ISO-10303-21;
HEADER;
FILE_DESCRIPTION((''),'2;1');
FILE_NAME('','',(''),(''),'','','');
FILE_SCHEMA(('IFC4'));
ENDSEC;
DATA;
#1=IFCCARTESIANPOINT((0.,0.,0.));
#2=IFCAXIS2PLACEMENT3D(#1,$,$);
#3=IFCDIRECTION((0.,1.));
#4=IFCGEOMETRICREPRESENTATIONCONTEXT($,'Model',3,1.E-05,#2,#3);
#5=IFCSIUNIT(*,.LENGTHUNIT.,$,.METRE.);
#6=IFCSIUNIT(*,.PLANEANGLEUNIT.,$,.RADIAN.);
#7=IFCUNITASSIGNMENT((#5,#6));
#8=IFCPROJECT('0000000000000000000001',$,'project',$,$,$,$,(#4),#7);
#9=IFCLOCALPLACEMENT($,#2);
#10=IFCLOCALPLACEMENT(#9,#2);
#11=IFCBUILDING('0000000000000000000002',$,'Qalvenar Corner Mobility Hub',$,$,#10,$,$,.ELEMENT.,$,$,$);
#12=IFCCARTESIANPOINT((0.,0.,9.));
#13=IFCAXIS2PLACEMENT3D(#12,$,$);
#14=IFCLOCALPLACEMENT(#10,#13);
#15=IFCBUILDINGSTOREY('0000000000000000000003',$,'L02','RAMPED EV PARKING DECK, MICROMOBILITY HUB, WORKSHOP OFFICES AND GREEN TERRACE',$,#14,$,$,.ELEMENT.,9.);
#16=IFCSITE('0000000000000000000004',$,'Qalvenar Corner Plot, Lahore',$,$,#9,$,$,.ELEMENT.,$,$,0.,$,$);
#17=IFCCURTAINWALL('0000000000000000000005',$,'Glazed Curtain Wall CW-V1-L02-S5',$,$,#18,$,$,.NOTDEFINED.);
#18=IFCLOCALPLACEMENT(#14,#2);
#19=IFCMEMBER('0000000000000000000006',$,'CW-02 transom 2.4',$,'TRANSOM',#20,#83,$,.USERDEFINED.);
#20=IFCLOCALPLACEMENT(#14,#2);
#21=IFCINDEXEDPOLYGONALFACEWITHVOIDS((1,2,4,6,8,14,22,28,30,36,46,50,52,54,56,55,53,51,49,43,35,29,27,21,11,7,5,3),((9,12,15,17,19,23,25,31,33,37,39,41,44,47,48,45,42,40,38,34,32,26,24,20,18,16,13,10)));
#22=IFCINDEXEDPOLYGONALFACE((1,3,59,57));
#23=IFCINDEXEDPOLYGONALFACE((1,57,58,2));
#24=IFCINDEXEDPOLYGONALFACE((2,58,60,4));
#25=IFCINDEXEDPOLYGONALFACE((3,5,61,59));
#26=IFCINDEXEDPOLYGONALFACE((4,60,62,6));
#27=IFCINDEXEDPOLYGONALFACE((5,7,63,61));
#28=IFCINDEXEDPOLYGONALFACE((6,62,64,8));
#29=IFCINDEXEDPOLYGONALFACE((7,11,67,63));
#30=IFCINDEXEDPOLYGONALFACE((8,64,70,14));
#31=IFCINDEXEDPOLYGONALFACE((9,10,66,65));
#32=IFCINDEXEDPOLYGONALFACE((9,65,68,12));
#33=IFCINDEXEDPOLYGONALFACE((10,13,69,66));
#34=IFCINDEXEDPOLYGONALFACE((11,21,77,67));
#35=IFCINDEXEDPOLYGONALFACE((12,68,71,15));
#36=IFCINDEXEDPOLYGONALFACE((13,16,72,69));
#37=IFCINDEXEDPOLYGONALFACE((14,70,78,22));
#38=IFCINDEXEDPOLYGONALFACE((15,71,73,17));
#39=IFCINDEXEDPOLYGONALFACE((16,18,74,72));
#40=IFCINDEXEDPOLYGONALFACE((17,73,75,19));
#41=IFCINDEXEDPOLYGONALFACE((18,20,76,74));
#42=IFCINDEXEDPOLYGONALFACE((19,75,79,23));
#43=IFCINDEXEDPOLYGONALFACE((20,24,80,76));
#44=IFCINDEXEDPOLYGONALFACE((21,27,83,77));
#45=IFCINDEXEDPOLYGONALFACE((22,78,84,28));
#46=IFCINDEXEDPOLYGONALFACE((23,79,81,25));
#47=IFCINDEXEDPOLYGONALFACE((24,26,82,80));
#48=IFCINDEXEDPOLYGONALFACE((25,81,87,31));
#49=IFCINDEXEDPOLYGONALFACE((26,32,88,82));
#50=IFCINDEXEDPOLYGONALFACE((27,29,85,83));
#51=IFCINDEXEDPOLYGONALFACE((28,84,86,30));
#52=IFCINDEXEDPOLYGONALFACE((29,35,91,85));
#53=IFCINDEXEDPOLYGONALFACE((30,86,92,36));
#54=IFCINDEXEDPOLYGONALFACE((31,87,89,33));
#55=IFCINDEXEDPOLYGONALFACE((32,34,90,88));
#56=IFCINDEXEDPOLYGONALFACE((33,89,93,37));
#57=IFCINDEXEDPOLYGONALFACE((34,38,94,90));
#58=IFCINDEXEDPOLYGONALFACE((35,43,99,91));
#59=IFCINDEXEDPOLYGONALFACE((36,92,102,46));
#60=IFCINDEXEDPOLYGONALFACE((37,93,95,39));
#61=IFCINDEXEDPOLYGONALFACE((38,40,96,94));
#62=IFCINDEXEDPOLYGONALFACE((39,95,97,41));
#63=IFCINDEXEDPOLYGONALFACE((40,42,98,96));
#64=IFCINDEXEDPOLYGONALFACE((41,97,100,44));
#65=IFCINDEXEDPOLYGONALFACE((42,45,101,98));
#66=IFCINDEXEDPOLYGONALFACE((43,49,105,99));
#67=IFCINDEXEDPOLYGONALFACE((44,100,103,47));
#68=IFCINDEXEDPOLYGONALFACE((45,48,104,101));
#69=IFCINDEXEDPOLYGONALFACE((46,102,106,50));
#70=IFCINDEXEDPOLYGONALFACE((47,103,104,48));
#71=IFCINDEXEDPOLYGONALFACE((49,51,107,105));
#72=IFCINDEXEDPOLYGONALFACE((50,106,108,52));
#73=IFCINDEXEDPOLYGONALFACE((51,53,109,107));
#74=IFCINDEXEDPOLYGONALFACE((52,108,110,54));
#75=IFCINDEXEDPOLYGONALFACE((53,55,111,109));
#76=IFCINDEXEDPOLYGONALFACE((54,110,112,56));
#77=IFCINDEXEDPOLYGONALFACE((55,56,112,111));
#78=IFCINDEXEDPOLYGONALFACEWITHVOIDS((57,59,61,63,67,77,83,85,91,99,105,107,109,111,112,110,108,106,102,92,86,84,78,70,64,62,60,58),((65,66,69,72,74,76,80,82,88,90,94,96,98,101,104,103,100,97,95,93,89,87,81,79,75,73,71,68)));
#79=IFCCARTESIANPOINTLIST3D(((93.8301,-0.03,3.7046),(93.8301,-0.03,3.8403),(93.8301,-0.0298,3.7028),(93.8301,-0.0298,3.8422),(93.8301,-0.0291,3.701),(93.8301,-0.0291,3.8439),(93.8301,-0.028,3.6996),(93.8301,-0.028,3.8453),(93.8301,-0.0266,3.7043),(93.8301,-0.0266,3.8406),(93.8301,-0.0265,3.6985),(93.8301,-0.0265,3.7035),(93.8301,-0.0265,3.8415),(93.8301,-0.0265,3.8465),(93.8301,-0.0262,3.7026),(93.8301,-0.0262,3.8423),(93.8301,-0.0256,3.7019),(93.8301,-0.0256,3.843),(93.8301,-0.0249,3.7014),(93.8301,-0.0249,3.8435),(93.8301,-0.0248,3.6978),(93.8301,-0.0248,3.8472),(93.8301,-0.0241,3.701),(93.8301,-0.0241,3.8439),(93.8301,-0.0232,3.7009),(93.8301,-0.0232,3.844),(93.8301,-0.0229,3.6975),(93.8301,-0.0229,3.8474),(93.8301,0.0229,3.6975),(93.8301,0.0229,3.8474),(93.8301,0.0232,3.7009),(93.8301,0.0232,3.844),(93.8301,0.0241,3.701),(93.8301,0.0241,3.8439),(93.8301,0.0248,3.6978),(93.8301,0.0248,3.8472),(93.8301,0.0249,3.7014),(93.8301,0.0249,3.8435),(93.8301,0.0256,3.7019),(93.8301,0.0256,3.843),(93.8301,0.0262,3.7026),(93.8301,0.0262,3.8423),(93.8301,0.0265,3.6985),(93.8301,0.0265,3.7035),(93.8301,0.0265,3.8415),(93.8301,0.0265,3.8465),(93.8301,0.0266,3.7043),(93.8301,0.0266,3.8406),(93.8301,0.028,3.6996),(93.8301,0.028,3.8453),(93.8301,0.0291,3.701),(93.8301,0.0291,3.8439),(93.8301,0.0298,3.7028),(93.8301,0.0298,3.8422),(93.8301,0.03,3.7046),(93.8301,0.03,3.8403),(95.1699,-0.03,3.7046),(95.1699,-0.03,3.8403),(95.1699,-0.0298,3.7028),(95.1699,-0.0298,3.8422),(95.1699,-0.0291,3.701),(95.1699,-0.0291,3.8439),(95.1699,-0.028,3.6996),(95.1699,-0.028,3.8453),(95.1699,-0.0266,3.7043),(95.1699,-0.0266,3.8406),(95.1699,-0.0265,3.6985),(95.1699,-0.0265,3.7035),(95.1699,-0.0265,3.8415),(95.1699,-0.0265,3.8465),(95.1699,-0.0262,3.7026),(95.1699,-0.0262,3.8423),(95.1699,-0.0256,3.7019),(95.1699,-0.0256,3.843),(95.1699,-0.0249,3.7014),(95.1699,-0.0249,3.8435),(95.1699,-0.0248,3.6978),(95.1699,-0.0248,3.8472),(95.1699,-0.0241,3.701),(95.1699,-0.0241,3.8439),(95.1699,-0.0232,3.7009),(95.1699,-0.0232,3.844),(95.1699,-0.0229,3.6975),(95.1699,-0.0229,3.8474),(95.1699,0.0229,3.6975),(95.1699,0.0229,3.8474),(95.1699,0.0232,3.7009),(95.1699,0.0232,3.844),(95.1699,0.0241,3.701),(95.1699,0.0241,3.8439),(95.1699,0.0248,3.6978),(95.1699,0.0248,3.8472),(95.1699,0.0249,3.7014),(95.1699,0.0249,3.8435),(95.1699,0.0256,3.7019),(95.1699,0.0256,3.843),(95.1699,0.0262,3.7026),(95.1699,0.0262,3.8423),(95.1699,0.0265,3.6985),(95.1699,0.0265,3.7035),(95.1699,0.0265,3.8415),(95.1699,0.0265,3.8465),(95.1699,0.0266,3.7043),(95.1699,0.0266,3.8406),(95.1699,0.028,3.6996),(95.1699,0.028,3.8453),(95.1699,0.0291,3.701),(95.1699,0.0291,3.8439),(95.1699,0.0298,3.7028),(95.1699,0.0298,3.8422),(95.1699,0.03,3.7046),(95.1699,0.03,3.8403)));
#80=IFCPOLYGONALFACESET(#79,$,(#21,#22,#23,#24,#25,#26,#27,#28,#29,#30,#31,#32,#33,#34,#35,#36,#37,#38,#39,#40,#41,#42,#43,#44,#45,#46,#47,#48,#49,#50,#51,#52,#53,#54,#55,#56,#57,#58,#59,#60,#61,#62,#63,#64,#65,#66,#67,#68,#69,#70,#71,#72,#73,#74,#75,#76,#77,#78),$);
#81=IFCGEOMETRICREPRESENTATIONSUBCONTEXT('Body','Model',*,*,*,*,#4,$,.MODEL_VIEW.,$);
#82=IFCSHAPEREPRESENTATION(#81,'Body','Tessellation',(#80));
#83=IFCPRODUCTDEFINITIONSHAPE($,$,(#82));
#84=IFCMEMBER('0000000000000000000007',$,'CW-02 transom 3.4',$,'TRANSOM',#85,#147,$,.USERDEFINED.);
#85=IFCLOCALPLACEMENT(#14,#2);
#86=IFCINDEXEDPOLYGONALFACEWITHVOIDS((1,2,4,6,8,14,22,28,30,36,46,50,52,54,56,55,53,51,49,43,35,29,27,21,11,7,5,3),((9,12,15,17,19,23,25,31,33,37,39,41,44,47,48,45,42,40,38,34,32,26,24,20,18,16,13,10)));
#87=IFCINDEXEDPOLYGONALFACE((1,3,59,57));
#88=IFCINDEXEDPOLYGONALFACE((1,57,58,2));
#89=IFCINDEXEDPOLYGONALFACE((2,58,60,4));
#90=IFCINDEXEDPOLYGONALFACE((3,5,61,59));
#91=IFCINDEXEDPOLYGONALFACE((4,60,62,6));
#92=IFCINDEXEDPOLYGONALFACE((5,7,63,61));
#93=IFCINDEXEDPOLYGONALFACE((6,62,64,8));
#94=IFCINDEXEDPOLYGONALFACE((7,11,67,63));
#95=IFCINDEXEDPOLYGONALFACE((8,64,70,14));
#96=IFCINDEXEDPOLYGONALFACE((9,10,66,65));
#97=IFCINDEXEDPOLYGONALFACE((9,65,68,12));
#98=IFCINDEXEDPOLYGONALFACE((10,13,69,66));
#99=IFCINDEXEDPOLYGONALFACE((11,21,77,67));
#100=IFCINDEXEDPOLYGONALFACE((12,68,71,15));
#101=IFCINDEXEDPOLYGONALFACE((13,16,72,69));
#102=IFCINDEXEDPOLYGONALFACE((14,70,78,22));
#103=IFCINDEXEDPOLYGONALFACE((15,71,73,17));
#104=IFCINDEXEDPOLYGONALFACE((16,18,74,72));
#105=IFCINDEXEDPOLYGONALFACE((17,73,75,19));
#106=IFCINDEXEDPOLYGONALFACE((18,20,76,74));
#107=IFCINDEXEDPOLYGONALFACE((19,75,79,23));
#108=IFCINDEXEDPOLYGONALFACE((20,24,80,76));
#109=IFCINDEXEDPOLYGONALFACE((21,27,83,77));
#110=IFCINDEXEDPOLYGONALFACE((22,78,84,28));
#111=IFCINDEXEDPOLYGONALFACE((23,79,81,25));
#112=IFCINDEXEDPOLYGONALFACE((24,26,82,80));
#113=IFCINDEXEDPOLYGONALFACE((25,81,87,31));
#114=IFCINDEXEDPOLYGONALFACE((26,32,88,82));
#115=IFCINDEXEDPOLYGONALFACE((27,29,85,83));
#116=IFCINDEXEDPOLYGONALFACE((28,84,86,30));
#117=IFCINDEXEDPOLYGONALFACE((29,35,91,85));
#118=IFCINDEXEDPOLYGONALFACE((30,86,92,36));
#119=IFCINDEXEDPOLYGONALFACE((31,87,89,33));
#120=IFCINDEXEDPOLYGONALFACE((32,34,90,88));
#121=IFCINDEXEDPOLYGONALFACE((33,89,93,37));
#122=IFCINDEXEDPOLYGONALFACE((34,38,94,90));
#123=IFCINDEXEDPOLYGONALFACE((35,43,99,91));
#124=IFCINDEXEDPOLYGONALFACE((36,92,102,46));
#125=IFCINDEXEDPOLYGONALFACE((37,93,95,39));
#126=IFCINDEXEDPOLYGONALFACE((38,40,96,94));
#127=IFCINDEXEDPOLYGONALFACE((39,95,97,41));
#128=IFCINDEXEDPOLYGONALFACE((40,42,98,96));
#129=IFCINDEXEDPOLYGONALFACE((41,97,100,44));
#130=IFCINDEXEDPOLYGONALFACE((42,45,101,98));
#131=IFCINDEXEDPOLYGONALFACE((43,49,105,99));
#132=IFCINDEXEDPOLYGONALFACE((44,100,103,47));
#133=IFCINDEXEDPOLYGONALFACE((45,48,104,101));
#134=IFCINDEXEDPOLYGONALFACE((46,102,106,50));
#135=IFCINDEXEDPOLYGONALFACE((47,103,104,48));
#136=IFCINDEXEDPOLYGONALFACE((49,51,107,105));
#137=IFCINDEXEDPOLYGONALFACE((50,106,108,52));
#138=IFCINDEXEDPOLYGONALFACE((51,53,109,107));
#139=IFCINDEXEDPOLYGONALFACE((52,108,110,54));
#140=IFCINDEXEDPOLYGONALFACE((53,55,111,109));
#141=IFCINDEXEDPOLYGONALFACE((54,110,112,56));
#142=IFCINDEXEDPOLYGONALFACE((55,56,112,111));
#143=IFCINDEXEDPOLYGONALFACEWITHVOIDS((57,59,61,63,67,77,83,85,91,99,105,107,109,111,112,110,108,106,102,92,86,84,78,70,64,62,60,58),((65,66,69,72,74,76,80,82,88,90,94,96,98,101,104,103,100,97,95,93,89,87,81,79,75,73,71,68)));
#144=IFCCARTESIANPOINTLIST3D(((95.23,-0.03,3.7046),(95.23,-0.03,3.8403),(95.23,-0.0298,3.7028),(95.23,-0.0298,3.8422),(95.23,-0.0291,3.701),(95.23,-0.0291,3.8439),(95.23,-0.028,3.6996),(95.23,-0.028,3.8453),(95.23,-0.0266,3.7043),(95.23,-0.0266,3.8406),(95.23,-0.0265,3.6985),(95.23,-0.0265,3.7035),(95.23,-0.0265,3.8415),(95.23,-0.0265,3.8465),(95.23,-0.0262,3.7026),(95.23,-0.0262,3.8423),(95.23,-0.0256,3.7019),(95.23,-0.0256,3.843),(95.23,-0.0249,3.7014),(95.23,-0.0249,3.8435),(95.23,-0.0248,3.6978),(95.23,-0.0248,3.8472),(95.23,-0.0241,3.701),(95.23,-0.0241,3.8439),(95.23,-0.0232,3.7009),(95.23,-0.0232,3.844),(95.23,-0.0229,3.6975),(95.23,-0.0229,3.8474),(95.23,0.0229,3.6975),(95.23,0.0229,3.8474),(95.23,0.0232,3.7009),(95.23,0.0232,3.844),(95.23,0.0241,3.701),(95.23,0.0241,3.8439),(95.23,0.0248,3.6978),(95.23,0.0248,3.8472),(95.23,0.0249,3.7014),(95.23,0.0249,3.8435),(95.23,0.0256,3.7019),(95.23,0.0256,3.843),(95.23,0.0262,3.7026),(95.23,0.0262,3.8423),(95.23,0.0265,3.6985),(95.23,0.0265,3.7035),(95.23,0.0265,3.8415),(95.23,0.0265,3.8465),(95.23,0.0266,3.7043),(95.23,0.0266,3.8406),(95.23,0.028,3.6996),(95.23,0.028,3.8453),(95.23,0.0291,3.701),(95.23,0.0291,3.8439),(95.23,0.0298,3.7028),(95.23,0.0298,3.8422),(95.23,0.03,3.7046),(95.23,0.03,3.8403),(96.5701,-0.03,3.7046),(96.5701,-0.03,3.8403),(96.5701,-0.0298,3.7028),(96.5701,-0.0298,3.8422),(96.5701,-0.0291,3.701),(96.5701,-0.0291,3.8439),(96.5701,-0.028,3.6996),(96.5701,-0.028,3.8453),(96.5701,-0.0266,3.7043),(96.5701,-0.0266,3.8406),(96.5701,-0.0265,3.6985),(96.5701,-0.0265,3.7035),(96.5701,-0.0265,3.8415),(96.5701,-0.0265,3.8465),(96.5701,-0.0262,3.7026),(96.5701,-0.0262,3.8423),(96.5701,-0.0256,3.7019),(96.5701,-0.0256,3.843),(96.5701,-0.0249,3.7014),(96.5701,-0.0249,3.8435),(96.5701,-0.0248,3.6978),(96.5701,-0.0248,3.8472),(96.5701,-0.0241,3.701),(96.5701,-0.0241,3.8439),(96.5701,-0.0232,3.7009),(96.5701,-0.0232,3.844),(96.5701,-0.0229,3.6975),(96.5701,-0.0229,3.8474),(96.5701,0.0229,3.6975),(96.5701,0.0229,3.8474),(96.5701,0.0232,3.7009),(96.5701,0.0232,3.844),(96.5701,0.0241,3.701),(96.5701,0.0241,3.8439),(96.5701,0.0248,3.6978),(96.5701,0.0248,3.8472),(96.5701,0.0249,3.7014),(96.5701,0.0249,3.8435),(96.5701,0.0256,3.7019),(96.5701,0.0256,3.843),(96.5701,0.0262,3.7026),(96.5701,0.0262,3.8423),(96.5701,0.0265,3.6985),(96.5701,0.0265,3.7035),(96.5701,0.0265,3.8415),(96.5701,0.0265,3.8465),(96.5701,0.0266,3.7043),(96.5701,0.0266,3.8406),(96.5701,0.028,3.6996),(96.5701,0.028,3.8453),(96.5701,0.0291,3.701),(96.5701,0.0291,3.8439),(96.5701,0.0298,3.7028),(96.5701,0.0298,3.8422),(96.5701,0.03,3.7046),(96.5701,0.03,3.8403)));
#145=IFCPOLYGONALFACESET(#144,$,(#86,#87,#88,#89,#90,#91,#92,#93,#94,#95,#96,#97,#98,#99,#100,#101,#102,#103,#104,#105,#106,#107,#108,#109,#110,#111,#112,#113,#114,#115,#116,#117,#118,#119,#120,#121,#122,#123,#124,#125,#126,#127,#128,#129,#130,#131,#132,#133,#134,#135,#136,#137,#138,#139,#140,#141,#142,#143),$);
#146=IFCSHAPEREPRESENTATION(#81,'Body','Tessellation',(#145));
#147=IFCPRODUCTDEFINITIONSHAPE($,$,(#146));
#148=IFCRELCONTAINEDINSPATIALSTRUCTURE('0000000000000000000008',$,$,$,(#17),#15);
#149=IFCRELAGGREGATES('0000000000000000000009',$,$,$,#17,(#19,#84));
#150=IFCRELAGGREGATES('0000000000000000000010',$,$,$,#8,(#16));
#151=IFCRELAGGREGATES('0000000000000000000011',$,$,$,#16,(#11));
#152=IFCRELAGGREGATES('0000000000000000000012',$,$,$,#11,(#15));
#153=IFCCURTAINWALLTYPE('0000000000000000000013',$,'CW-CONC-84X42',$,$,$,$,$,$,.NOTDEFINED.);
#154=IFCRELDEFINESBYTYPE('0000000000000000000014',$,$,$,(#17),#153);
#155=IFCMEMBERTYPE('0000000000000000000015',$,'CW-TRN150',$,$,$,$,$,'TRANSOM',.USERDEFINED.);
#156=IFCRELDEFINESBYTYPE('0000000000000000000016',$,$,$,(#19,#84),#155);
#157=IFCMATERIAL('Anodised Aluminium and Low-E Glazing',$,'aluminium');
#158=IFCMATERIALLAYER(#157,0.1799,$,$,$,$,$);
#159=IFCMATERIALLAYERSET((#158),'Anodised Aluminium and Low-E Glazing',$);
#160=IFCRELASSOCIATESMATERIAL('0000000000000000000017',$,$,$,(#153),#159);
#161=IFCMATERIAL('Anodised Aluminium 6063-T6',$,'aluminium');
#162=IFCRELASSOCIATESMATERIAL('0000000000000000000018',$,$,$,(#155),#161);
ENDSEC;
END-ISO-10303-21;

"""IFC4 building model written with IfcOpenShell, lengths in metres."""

from ifc_helpers import new_model, si_unit, direction, frame, origin, origin_2d, place, context, subcontext, project, spatial, hollow_rectangle, extrude, material, layer, layer_set, material_profile, profile_set, type_object, element, aggregate, save


model = new_model("IFC4")

# Units and contexts
model_context = context("Model", 3, precision=1e-05, world=origin(), true_north=direction((0.0, 1.0)))
body_context = subcontext(model_context, "Body", "Model", "MODEL_VIEW")
ifc_project = project(units=[si_unit("LENGTHUNIT", "METRE"), si_unit("PLANEANGLEUNIT", "RADIAN")], contexts=[model_context])

# Site, building, storey
site_placement = place(None, origin())
site = spatial("IfcSite", under=ifc_project, at=site_placement, Name="Qalvenar Corner Plot, Lahore", CompositionType="ELEMENT", RefElevation=0.0)
building_placement = place(site_placement, origin())
building = spatial("IfcBuilding", under=site, at=building_placement, Name="Qalvenar Corner Mobility Hub", CompositionType="ELEMENT")
storey_placement = place(building_placement, frame((0.0, 0.0, 9.0)))
storey = spatial("IfcBuildingStorey", under=building, at=storey_placement, Name="L02", Description="RAMPED EV PARKING DECK, MICROMOBILITY HUB, WORKSHOP OFFICES AND GREEN TERRACE", CompositionType="ELEMENT", Elevation=9.0)

# Curtain wall, members
ifc_material_1 = material(Name="Anodised Aluminium and Low-E Glazing", Category="aluminium")
ifc_layer_1 = layer(ifc_material_1, 0.1799)
ifc_layer_set_1 = layer_set([ifc_layer_1], Name="Anodised Aluminium and Low-E Glazing")
curtain_wall_type = type_object("IfcCurtainWallType", Name="CW-CONC-84X42", PredefinedType="NOTDEFINED", material=ifc_layer_set_1)
curtain_wall_1_placement = place(storey_placement, origin())
curtain_wall_1 = element("IfcCurtainWall", 1, at=curtain_wall_1_placement, inside=storey, type_object=curtain_wall_type, Name="Glazed Curtain Wall CW-V1-L02-S5", PredefinedType="NOTDEFINED")
ifc_material_2 = material(Name="Anodised Aluminium 6063-T6", Category="aluminium")
ifc_material_profile_1 = material_profile(ifc_material_2, hollow_rectangle(XDim=0.0601, YDim=0.1499, WallThickness=0.0034, InnerFilletRadius=0.0034, OuterFilletRadius=0.0071, at=origin_2d()), Name="RHS150x60x3.5")
ifc_profile_set_1 = profile_set([ifc_material_profile_1], Name="Anodised Aluminium 6063-T6")
member_type_1 = type_object("IfcMemberType", Name="CW-TRN150", ElementType="TRANSOM", PredefinedType="USERDEFINED", material=ifc_profile_set_1)
member_1_placement = place(storey_placement, frame((93.8301, 0.0, 3.7725), z_axis=(1.0, 0.0, 0.0), x_axis=(0.0, 1.0, 0.0)))
member_1 = element("IfcMember", 2, at=member_1_placement, type_object=member_type_1, Name="CW-02 transom 2.4", ObjectType="TRANSOM", PredefinedType="USERDEFINED", context=body_context, shape_type="SweptSolid", body=[
    extrude(hollow_rectangle(XDim=0.0601, YDim=0.1499, WallThickness=0.0034, InnerFilletRadius=0.0034, OuterFilletRadius=0.0071, at=origin_2d()), origin(), (0.0, 0.0, 1.0), 1.3398),
])
member_2_placement = place(storey_placement, frame((95.23, 0.0, 3.7725), z_axis=(1.0, 0.0, 0.0), x_axis=(0.0, 1.0, 0.0)))
member_2 = element("IfcMember", 3, at=member_2_placement, type_object=member_type_1, Name="CW-02 transom 3.4", ObjectType="TRANSOM", PredefinedType="USERDEFINED", context=body_context, shape_type="SweptSolid", body=[
    extrude(hollow_rectangle(XDim=0.0601, YDim=0.1499, WallThickness=0.0034, InnerFilletRadius=0.0034, OuterFilletRadius=0.0071, at=origin_2d()), origin(), (0.0, 0.0, 1.0), 1.3401),
])
aggregate(curtain_wall_1, [member_1, member_2])

save(model, "model.ifc")
